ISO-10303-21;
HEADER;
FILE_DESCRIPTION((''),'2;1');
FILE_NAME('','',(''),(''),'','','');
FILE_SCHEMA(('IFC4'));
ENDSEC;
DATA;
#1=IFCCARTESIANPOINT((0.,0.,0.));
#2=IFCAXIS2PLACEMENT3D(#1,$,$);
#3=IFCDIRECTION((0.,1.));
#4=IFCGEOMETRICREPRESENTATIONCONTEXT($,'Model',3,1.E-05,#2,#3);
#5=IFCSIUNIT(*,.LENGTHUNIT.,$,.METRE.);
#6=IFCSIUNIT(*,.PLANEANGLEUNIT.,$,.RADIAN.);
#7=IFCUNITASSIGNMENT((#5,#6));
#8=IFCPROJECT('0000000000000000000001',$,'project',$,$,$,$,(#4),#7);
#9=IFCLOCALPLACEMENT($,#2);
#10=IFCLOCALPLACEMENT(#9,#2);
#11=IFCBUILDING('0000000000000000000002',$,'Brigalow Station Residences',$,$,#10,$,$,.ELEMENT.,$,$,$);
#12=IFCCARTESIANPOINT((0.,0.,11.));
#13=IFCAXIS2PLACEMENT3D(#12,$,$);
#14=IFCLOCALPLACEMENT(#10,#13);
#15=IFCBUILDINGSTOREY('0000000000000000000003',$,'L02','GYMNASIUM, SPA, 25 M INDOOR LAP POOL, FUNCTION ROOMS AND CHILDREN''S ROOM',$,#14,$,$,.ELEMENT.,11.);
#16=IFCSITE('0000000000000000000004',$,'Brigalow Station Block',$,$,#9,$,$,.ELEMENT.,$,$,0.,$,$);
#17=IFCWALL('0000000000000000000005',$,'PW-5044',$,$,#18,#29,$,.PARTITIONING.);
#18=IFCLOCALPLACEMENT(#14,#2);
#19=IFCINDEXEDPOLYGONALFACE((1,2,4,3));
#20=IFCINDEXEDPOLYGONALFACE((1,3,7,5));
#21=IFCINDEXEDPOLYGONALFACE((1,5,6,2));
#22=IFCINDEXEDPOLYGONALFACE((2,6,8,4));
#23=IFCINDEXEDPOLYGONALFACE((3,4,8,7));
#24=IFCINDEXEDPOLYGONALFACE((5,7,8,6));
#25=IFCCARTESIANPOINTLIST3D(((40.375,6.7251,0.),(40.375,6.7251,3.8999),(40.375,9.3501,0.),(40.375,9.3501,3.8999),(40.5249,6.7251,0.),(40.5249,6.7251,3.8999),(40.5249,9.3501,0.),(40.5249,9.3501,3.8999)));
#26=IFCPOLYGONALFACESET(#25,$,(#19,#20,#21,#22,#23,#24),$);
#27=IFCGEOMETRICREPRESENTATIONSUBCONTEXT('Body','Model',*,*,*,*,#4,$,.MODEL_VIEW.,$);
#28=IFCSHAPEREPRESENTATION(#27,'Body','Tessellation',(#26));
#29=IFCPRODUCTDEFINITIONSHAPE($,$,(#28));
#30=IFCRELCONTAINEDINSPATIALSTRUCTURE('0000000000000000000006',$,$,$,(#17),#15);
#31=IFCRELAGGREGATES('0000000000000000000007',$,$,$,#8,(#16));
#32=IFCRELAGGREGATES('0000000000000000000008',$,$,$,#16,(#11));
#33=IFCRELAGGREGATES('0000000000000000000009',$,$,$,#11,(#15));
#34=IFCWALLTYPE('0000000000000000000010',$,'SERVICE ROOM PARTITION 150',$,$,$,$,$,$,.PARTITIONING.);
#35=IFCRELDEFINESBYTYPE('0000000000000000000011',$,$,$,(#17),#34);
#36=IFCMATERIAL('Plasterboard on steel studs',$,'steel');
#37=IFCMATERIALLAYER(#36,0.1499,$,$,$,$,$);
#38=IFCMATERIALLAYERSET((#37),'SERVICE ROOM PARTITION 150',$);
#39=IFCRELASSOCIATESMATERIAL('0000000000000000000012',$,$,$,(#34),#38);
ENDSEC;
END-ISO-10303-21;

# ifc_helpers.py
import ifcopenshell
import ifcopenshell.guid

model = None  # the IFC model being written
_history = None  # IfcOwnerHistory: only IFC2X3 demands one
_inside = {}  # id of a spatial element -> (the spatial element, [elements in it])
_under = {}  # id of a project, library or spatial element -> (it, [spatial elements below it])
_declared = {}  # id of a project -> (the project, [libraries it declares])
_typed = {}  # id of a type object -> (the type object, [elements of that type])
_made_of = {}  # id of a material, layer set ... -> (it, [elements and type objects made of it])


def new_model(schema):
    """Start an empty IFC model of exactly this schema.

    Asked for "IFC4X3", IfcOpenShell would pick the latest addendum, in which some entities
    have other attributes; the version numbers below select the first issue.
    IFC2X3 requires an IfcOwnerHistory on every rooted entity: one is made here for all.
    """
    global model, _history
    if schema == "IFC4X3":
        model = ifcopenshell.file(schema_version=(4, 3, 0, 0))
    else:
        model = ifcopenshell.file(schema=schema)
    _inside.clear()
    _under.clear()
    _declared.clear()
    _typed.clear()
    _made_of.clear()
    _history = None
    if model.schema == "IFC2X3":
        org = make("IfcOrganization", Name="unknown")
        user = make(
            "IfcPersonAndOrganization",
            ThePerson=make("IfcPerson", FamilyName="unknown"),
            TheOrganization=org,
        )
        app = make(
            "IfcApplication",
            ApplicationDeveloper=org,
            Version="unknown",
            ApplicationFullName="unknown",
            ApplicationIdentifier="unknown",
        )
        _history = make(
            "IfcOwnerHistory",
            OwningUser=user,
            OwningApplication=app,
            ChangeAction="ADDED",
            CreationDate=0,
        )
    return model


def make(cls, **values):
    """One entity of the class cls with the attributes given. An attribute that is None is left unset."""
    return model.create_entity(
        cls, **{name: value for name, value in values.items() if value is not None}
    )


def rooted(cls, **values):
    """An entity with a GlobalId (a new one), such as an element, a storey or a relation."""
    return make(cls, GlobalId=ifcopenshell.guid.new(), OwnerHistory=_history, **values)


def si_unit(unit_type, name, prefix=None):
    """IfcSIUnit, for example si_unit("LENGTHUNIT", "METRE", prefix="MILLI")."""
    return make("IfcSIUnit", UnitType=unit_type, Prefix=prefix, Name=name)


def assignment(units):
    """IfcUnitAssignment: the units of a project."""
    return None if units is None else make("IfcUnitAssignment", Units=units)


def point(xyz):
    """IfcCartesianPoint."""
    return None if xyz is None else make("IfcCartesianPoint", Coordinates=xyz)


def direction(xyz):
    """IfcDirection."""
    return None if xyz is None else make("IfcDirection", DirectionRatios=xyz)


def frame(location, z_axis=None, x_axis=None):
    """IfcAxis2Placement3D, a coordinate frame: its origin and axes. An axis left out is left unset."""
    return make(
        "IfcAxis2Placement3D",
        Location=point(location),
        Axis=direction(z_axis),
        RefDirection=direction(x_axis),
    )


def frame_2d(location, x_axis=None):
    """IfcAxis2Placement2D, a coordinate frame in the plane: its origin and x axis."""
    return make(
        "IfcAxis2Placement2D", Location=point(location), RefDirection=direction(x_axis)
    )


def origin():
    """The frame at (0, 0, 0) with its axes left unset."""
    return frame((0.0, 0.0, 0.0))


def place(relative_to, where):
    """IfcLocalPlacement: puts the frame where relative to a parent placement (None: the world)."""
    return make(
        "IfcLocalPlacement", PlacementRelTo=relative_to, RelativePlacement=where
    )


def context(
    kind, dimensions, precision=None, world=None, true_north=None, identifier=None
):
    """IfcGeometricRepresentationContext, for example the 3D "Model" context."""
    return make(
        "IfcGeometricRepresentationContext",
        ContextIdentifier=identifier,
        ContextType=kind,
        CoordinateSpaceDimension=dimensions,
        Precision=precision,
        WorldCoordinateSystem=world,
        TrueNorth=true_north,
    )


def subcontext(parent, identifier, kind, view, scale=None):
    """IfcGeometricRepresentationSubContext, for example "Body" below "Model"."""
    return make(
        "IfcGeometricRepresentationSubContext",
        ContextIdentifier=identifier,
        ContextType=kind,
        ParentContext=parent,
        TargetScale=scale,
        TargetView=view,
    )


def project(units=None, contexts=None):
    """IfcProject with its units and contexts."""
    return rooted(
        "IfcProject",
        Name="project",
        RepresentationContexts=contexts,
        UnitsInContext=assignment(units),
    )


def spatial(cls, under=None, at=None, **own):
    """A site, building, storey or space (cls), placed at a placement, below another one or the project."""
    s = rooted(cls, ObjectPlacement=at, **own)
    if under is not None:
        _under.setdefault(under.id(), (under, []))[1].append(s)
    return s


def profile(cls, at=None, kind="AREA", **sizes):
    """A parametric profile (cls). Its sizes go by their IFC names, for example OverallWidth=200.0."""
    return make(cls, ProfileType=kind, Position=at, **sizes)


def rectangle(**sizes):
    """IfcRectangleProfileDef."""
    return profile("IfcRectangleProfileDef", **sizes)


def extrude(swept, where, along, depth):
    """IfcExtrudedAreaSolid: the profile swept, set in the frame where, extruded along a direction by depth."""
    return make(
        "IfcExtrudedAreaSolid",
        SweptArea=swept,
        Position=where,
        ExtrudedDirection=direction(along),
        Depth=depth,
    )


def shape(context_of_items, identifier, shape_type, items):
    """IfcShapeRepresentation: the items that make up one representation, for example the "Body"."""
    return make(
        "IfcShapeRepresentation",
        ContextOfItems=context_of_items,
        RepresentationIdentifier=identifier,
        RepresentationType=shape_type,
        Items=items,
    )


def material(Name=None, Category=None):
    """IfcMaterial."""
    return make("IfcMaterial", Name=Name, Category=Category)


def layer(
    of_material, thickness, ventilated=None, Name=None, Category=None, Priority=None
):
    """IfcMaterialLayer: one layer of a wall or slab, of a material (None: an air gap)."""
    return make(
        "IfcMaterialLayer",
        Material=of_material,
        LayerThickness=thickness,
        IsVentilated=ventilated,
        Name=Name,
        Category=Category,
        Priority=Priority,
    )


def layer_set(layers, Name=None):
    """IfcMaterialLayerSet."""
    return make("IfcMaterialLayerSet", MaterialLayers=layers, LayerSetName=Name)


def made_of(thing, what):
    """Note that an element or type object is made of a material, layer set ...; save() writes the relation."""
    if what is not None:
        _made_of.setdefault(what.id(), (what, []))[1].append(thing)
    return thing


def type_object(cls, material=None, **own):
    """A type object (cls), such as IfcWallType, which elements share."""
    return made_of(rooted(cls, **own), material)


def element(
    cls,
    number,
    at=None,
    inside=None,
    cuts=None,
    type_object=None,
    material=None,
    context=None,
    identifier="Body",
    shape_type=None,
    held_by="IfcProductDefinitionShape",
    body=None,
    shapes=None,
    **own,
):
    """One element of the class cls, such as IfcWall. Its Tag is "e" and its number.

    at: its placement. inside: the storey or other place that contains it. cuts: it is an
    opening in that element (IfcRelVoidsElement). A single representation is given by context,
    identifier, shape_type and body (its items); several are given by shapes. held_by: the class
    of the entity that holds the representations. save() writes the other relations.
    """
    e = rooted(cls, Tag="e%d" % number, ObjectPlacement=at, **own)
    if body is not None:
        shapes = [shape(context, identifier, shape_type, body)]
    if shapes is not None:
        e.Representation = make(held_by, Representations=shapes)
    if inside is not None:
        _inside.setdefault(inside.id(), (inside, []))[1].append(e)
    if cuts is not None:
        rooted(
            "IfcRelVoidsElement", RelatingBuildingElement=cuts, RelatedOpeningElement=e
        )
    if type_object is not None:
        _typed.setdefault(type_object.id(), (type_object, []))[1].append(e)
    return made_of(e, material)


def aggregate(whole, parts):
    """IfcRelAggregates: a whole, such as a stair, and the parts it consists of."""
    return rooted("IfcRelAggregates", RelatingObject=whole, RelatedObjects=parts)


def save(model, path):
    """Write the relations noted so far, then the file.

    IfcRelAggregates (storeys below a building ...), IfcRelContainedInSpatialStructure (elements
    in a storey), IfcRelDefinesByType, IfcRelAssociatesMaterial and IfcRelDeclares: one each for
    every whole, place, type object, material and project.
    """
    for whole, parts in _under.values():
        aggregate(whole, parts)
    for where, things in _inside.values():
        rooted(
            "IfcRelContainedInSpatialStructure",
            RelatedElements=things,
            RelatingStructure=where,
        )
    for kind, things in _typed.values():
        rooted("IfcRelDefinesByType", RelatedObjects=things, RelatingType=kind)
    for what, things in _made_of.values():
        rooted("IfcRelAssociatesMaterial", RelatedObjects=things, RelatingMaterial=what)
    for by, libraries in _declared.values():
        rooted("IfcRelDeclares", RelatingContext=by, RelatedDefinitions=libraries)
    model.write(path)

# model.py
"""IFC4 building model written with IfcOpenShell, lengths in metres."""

from ifc_helpers import new_model, si_unit, direction, frame, frame_2d, origin, place, context, subcontext, project, spatial, rectangle, extrude, material, layer, layer_set, type_object, element, save


model = new_model("IFC4")

# Units and contexts
model_context = context("Model", 3, precision=1e-05, world=origin(), true_north=direction((0.0, 1.0)))
body_context = subcontext(model_context, "Body", "Model", "MODEL_VIEW")
ifc_project = project(units=[si_unit("LENGTHUNIT", "METRE"), si_unit("PLANEANGLEUNIT", "RADIAN")], contexts=[model_context])

# Site, building, storey
site_placement = place(None, origin())
site = spatial("IfcSite", under=ifc_project, at=site_placement, Name="Brigalow Station Block", CompositionType="ELEMENT", RefElevation=0.0)
building_placement = place(site_placement, origin())
building = spatial("IfcBuilding", under=site, at=building_placement, Name="Brigalow Station Residences", CompositionType="ELEMENT")
storey_placement = place(building_placement, frame((0.0, 0.0, 11.0)))
storey = spatial("IfcBuildingStorey", under=building, at=storey_placement, Name="L02", Description="GYMNASIUM, SPA, 25 M INDOOR LAP POOL, FUNCTION ROOMS AND CHILDREN'S ROOM", CompositionType="ELEMENT", Elevation=11.0)

# Shared definitions
ifc_material_1 = material(Name="Plasterboard on steel studs", Category="steel")
ifc_layer_1 = layer(ifc_material_1, 0.1499)
ifc_layer_set_1 = layer_set([ifc_layer_1], Name="SERVICE ROOM PARTITION 150")
wall_type_1 = type_object("IfcWallType", Name="SERVICE ROOM PARTITION 150", PredefinedType="PARTITIONING", material=ifc_layer_set_1)

# Wall
wall_1_placement = place(storey_placement, frame((40.45, 6.7251, 0.0), z_axis=(0.0, 0.0, 1.0), x_axis=(0.0, 1.0, 0.0)))
element("IfcWall", 1, at=wall_1_placement, inside=storey, type_object=wall_type_1, Name="PW-5044", PredefinedType="PARTITIONING", context=body_context, shape_type="SweptSolid", body=[
    extrude(rectangle(XDim=2.625, YDim=0.1499, at=frame_2d((1.3125, 0.0))), origin(), (0.0, 0.0, 1.0), 3.8999),
])

save(model, "model.ifc")
